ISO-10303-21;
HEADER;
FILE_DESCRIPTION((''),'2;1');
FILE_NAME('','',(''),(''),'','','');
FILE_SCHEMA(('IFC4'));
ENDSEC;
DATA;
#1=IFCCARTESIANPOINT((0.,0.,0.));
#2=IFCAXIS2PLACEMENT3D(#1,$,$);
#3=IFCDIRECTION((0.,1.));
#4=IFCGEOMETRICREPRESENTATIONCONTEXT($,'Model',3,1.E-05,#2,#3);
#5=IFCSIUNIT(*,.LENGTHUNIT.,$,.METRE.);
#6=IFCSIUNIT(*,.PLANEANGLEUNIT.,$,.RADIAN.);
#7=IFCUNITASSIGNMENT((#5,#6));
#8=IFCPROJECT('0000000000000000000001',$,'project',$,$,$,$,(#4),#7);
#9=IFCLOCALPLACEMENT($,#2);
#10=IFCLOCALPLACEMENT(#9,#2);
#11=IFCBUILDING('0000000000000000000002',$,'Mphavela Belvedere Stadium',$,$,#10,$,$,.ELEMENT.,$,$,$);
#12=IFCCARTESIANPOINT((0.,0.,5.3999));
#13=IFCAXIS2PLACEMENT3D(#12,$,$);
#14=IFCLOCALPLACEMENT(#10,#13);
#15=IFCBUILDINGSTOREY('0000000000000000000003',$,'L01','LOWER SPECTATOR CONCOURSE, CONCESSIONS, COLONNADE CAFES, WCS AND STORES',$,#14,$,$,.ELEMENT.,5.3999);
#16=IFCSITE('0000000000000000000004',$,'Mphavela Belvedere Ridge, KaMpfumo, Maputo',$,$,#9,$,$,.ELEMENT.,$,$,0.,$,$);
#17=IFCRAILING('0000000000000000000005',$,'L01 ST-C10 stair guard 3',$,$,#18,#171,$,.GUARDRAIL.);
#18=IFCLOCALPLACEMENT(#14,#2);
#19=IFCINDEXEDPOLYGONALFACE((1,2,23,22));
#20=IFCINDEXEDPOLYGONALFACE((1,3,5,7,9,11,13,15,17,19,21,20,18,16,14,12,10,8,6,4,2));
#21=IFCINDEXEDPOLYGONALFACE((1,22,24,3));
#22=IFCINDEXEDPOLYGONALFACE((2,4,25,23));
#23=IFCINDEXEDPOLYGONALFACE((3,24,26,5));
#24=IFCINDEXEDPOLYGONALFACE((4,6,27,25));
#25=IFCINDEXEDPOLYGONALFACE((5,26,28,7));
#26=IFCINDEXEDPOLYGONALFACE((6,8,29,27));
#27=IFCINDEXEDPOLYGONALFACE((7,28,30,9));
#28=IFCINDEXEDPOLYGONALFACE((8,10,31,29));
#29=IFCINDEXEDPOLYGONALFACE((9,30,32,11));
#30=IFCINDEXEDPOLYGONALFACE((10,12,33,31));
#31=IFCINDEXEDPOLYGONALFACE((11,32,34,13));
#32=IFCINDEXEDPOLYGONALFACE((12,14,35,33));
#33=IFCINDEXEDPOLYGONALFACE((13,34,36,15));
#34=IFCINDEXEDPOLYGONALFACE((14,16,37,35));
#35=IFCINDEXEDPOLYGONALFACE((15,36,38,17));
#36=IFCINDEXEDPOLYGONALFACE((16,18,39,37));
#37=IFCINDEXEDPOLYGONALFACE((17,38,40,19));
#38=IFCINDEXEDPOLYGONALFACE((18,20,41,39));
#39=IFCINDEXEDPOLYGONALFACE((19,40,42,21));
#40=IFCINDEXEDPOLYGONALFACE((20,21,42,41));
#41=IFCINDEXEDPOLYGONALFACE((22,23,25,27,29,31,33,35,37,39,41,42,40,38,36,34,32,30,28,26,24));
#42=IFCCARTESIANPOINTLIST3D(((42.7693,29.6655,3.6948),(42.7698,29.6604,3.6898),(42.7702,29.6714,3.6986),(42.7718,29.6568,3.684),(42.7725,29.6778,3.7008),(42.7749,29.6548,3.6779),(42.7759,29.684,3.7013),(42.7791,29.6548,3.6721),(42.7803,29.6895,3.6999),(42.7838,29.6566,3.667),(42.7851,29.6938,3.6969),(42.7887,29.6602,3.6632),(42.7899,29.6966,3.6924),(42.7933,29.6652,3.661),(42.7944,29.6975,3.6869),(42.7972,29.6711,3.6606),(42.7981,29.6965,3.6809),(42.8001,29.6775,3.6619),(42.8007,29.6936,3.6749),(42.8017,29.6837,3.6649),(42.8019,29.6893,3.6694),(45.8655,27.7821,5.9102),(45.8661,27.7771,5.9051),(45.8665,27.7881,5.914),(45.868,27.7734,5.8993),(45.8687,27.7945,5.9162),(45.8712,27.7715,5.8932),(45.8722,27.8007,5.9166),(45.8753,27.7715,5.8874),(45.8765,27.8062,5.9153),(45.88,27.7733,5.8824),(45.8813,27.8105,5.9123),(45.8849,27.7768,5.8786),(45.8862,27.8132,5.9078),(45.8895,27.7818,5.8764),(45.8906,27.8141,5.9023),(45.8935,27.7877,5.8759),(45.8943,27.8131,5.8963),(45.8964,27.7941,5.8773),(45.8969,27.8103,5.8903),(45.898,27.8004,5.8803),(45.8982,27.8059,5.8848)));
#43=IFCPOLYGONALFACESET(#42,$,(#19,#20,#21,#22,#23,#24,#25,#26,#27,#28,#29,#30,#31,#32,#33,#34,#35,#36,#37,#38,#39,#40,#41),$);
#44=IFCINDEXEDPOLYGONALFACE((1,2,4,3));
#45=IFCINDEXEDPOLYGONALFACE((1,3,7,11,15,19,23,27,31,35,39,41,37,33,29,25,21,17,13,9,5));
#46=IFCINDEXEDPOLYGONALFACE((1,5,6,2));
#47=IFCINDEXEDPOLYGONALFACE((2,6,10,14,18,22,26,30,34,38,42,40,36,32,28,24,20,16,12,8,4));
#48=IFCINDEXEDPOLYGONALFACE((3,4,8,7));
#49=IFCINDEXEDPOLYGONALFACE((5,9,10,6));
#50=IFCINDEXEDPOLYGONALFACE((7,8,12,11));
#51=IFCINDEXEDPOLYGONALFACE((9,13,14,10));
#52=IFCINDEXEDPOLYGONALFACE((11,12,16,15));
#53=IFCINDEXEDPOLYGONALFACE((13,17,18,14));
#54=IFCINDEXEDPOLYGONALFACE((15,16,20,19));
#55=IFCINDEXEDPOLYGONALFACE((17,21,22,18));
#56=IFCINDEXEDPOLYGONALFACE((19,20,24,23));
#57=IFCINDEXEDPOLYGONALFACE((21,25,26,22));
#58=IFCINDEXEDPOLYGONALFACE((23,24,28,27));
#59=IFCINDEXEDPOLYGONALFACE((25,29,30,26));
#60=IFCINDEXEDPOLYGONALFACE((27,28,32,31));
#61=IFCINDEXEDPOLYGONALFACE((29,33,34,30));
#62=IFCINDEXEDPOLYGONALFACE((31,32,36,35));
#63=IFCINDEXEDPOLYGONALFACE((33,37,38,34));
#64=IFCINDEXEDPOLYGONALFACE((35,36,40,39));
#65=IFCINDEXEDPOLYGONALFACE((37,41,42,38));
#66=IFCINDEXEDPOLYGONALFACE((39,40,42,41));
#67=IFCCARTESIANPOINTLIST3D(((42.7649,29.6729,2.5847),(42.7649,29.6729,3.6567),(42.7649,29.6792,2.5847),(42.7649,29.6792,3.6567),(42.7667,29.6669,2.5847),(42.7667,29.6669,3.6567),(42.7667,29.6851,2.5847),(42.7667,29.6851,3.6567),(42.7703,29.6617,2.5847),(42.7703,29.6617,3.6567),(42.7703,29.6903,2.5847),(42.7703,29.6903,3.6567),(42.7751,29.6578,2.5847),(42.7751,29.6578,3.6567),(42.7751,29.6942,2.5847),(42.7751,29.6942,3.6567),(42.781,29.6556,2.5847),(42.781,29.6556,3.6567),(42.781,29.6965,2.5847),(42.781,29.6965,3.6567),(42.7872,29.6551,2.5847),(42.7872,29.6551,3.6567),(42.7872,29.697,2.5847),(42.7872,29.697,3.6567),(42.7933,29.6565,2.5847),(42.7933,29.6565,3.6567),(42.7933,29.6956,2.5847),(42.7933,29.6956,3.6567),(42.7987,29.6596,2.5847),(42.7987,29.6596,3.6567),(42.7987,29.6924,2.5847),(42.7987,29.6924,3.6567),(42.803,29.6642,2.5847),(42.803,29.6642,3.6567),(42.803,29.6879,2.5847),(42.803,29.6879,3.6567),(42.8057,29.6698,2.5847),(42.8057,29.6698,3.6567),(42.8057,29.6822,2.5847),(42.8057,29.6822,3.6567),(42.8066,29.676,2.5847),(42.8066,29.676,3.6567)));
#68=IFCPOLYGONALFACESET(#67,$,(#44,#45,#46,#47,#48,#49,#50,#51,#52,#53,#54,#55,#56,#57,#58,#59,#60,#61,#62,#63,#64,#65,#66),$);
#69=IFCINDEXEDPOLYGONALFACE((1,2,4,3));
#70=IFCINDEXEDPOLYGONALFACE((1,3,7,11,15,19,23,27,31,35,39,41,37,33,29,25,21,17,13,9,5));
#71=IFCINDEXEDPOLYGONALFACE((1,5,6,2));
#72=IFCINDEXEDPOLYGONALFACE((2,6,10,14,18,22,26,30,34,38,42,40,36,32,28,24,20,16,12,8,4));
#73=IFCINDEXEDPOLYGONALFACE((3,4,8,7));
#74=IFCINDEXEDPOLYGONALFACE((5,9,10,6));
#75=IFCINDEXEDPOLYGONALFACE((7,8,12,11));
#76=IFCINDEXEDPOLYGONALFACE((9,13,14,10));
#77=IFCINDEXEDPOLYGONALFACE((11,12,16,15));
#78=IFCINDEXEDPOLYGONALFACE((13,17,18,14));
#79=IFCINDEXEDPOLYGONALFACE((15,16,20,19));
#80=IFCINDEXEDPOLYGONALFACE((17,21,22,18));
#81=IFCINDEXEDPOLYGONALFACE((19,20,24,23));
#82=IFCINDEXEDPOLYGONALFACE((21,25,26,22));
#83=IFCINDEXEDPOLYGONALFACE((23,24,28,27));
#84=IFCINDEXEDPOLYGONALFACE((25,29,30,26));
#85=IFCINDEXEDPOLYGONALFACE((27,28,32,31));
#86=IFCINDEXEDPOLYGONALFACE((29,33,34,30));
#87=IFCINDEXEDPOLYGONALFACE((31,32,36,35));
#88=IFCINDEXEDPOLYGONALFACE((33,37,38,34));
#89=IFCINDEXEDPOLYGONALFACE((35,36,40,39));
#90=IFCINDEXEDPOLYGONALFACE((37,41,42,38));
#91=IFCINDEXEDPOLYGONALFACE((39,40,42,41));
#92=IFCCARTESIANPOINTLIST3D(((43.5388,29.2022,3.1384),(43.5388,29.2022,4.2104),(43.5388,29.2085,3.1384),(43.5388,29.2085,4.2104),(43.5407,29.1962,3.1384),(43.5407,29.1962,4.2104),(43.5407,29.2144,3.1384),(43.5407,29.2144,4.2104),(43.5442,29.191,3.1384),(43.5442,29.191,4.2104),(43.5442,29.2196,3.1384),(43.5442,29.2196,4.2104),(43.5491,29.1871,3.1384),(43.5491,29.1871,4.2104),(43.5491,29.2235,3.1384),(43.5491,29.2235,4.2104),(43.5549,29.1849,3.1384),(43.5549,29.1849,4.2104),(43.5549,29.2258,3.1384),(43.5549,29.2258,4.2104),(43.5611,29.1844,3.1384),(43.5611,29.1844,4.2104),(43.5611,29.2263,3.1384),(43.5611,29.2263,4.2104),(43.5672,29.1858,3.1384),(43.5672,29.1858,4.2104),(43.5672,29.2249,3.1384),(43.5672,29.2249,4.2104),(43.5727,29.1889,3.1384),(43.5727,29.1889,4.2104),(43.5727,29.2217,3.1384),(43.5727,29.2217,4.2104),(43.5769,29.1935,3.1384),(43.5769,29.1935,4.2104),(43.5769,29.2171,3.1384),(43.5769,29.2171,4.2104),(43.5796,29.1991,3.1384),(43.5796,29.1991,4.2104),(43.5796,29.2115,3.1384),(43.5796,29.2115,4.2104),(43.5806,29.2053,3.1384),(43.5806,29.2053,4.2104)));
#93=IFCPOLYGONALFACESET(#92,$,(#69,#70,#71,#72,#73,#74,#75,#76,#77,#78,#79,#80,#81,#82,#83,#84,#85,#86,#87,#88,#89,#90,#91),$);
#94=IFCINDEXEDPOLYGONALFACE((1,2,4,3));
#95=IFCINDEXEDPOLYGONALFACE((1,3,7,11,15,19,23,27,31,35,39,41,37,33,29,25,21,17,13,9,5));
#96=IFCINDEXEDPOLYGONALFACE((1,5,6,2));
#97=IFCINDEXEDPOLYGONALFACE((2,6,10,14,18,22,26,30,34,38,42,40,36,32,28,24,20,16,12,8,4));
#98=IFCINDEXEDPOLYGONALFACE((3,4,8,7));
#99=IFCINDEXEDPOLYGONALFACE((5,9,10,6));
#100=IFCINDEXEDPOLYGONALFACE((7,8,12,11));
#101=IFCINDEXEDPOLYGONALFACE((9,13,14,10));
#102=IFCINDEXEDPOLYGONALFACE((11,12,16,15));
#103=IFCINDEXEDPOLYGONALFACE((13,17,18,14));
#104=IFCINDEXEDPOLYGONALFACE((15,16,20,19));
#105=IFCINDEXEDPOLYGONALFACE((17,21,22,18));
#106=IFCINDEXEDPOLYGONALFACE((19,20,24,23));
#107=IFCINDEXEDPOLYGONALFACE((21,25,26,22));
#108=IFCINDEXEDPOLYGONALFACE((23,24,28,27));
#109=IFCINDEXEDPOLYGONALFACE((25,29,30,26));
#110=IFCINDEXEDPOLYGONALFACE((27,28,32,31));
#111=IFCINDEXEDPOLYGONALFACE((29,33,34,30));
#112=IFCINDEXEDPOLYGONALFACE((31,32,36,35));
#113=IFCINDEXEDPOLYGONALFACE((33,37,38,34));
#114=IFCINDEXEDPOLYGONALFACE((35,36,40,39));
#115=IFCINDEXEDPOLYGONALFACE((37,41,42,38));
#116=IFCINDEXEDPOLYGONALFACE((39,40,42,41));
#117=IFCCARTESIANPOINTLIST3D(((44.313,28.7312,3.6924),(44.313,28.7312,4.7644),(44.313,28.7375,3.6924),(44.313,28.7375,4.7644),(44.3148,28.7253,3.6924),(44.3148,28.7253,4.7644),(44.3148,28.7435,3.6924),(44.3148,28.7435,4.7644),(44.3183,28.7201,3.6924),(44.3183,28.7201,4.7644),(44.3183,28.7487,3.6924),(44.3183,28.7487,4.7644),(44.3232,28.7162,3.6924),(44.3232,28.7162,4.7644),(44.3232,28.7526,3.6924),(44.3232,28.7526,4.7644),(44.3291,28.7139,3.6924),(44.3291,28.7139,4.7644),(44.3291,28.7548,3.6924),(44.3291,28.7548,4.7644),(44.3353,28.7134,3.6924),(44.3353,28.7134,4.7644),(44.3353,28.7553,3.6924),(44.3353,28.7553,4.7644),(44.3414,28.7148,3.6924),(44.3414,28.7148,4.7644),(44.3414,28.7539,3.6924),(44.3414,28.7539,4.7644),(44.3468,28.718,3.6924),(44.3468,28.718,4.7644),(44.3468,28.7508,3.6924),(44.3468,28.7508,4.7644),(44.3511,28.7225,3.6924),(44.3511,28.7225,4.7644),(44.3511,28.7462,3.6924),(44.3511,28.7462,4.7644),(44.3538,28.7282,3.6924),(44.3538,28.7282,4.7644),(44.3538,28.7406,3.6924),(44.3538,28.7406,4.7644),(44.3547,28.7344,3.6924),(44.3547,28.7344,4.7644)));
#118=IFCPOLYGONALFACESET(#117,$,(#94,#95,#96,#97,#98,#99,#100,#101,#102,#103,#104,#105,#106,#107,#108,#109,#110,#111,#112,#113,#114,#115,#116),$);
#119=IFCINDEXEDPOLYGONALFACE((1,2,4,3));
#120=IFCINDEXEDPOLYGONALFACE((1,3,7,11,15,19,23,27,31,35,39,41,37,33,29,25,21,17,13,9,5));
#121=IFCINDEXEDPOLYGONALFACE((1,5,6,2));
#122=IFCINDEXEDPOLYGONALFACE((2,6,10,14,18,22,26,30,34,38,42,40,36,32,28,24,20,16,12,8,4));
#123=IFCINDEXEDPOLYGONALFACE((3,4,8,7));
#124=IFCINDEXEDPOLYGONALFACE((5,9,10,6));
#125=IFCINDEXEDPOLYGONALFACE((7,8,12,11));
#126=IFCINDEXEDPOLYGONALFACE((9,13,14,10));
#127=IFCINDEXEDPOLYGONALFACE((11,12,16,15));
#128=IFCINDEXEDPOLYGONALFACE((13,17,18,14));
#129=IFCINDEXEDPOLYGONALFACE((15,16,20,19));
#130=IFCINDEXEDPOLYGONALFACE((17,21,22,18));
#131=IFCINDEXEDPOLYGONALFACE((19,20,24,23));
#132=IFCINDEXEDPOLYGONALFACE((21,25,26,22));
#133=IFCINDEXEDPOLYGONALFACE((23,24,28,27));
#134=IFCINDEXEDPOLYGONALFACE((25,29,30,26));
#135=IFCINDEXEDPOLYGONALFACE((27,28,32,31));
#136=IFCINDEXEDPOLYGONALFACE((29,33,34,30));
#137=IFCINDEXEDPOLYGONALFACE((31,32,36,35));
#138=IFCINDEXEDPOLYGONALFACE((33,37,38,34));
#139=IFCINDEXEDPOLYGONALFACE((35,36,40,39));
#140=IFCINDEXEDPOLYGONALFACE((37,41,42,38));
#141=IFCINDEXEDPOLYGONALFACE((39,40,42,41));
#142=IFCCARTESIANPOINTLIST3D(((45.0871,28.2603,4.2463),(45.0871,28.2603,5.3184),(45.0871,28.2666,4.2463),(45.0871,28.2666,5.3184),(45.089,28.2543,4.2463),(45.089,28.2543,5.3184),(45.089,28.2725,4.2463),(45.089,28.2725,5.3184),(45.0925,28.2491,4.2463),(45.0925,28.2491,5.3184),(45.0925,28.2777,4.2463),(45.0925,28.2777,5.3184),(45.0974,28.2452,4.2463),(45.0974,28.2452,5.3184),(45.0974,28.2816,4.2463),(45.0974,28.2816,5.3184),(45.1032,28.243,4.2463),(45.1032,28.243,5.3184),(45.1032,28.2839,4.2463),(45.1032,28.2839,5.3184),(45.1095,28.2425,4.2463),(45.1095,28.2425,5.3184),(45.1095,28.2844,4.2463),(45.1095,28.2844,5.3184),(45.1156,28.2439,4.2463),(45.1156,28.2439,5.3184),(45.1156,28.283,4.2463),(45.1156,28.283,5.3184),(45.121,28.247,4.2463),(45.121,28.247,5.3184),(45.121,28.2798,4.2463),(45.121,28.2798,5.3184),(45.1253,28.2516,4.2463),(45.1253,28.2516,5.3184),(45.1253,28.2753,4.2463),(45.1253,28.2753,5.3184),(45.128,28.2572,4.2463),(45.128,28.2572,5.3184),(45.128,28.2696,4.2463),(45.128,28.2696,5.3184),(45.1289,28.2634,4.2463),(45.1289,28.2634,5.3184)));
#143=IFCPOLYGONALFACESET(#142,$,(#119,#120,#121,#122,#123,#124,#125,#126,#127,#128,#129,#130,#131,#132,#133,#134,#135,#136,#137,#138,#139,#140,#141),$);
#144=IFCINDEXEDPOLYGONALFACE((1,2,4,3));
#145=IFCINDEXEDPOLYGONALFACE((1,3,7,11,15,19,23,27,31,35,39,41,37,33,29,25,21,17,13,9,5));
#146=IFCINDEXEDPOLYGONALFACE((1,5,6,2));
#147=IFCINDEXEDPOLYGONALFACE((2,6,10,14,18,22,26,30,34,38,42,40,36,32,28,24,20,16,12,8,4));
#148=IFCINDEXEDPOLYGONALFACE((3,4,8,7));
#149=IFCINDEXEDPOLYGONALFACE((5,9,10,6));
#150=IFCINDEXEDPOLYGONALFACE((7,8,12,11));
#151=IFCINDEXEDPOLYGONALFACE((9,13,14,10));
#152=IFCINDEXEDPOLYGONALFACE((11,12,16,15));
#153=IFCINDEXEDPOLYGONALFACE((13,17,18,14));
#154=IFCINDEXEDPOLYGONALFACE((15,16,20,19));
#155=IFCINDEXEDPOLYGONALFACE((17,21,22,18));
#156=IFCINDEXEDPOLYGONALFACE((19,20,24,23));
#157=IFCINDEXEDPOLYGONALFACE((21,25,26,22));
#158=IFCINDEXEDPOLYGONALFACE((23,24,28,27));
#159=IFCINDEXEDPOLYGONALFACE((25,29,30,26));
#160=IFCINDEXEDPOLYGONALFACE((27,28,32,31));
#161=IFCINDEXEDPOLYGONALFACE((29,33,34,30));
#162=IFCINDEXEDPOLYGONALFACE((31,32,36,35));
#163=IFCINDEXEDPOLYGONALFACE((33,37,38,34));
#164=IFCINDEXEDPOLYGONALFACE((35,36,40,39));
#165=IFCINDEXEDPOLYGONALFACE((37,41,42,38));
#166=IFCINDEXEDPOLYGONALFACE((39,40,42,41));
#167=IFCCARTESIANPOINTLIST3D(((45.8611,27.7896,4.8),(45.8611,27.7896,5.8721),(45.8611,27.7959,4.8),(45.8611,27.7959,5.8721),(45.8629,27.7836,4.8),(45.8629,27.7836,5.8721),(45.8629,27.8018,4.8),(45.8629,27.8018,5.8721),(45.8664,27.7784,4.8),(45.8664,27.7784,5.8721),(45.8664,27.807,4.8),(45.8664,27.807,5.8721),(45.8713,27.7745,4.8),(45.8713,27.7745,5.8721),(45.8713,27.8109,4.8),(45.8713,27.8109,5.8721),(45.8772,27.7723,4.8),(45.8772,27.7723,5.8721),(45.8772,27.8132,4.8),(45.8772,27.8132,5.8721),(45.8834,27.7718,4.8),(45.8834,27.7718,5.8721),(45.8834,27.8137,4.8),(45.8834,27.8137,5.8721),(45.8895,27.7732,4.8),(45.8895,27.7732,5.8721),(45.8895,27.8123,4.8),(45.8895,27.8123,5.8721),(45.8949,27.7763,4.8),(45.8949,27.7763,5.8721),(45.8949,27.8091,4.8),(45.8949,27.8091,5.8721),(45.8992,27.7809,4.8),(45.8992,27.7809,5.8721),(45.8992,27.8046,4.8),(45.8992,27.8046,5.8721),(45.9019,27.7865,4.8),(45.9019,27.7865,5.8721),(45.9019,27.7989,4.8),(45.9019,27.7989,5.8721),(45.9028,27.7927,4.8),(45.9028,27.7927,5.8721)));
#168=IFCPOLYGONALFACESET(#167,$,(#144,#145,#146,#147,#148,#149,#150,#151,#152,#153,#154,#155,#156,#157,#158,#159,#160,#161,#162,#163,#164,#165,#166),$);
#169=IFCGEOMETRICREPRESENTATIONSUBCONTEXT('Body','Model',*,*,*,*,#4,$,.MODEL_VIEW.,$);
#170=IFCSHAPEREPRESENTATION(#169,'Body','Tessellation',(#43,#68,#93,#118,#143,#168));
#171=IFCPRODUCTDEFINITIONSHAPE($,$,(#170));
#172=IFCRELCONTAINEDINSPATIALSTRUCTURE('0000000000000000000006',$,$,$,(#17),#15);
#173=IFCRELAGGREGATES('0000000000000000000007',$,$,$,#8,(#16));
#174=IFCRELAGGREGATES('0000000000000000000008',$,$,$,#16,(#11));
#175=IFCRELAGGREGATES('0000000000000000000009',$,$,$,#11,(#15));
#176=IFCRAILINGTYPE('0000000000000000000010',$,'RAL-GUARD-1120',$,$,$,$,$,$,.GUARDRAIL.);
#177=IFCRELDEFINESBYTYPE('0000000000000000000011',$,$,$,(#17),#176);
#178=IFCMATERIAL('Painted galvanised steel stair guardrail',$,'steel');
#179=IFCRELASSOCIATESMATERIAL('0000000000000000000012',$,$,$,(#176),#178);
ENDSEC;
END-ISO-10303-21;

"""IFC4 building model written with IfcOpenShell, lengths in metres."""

from ifc_helpers import new_model, si_unit, direction, frame, origin, origin_2d, place, context, subcontext, project, spatial, circle, extrude, material, type_object, element, save


model = new_model("IFC4")

# Units and contexts
model_context = context("Model", 3, precision=1e-05, world=origin(), true_north=direction((0.0, 1.0)))
body_context = subcontext(model_context, "Body", "Model", "MODEL_VIEW")
ifc_project = project(units=[si_unit("LENGTHUNIT", "METRE"), si_unit("PLANEANGLEUNIT", "RADIAN")], contexts=[model_context])

# Site, building, storey
site_placement = place(None, origin())
site = spatial("IfcSite", under=ifc_project, at=site_placement, Name="Mphavela Belvedere Ridge, KaMpfumo, Maputo", CompositionType="ELEMENT", RefElevation=0.0)
building_placement = place(site_placement, origin())
building = spatial("IfcBuilding", under=site, at=building_placement, Name="Mphavela Belvedere Stadium", CompositionType="ELEMENT")
storey_placement = place(building_placement, frame((0.0, 0.0, 5.3999)))
storey = spatial("IfcBuildingStorey", under=building, at=storey_placement, Name="L01", Description="LOWER SPECTATOR CONCOURSE, CONCESSIONS, COLONNADE CAFES, WCS AND STORES", CompositionType="ELEMENT", Elevation=5.3999)

# Railing
ifc_material_1 = material(Name="Painted galvanised steel stair guardrail", Category="steel")
railing_type = type_object("IfcRailingType", Name="RAL-GUARD-1120", PredefinedType="GUARDRAIL", material=ifc_material_1)
railing_1_placement = place(storey_placement, frame((42.7856, 29.676, 2.5847)))
element("IfcRailing", 1, at=railing_1_placement, inside=storey, type_object=railing_type, Name="L01 ST-C10 stair guard 3", PredefinedType="GUARDRAIL", context=body_context, shape_type="SweptSolid", body=[
    extrude(circle(Radius=0.0239, at=origin_2d()), frame((0.0, 0.0, 1.0962), z_axis=(0.728951, -0.443395, 0.521566), x_axis=(0.519678, 0.854362, 0.0)), (0.0, 0.0, 1.0), 4.2476),
    extrude(circle(Radius=0.021, at=origin_2d()), origin(), (0.0, 0.0, 1.0), 1.072),
    extrude(circle(Radius=0.021, at=origin_2d()), frame((0.7739, -0.4707, 0.5537)), (0.0, 0.0, 1.0), 1.072),
    extrude(circle(Radius=0.021, at=origin_2d()), frame((1.5481, -0.9417, 1.1077)), (0.0, 0.0, 1.0), 1.072),
    extrude(circle(Radius=0.021, at=origin_2d()), frame((2.3223, -1.4126, 1.6616)), (0.0, 0.0, 1.0), 1.072),
    extrude(circle(Radius=0.021, at=origin_2d()), frame((3.0962, -1.8833, 2.2153)), (0.0, 0.0, 1.0), 1.072),
])

save(model, "model.ifc")
